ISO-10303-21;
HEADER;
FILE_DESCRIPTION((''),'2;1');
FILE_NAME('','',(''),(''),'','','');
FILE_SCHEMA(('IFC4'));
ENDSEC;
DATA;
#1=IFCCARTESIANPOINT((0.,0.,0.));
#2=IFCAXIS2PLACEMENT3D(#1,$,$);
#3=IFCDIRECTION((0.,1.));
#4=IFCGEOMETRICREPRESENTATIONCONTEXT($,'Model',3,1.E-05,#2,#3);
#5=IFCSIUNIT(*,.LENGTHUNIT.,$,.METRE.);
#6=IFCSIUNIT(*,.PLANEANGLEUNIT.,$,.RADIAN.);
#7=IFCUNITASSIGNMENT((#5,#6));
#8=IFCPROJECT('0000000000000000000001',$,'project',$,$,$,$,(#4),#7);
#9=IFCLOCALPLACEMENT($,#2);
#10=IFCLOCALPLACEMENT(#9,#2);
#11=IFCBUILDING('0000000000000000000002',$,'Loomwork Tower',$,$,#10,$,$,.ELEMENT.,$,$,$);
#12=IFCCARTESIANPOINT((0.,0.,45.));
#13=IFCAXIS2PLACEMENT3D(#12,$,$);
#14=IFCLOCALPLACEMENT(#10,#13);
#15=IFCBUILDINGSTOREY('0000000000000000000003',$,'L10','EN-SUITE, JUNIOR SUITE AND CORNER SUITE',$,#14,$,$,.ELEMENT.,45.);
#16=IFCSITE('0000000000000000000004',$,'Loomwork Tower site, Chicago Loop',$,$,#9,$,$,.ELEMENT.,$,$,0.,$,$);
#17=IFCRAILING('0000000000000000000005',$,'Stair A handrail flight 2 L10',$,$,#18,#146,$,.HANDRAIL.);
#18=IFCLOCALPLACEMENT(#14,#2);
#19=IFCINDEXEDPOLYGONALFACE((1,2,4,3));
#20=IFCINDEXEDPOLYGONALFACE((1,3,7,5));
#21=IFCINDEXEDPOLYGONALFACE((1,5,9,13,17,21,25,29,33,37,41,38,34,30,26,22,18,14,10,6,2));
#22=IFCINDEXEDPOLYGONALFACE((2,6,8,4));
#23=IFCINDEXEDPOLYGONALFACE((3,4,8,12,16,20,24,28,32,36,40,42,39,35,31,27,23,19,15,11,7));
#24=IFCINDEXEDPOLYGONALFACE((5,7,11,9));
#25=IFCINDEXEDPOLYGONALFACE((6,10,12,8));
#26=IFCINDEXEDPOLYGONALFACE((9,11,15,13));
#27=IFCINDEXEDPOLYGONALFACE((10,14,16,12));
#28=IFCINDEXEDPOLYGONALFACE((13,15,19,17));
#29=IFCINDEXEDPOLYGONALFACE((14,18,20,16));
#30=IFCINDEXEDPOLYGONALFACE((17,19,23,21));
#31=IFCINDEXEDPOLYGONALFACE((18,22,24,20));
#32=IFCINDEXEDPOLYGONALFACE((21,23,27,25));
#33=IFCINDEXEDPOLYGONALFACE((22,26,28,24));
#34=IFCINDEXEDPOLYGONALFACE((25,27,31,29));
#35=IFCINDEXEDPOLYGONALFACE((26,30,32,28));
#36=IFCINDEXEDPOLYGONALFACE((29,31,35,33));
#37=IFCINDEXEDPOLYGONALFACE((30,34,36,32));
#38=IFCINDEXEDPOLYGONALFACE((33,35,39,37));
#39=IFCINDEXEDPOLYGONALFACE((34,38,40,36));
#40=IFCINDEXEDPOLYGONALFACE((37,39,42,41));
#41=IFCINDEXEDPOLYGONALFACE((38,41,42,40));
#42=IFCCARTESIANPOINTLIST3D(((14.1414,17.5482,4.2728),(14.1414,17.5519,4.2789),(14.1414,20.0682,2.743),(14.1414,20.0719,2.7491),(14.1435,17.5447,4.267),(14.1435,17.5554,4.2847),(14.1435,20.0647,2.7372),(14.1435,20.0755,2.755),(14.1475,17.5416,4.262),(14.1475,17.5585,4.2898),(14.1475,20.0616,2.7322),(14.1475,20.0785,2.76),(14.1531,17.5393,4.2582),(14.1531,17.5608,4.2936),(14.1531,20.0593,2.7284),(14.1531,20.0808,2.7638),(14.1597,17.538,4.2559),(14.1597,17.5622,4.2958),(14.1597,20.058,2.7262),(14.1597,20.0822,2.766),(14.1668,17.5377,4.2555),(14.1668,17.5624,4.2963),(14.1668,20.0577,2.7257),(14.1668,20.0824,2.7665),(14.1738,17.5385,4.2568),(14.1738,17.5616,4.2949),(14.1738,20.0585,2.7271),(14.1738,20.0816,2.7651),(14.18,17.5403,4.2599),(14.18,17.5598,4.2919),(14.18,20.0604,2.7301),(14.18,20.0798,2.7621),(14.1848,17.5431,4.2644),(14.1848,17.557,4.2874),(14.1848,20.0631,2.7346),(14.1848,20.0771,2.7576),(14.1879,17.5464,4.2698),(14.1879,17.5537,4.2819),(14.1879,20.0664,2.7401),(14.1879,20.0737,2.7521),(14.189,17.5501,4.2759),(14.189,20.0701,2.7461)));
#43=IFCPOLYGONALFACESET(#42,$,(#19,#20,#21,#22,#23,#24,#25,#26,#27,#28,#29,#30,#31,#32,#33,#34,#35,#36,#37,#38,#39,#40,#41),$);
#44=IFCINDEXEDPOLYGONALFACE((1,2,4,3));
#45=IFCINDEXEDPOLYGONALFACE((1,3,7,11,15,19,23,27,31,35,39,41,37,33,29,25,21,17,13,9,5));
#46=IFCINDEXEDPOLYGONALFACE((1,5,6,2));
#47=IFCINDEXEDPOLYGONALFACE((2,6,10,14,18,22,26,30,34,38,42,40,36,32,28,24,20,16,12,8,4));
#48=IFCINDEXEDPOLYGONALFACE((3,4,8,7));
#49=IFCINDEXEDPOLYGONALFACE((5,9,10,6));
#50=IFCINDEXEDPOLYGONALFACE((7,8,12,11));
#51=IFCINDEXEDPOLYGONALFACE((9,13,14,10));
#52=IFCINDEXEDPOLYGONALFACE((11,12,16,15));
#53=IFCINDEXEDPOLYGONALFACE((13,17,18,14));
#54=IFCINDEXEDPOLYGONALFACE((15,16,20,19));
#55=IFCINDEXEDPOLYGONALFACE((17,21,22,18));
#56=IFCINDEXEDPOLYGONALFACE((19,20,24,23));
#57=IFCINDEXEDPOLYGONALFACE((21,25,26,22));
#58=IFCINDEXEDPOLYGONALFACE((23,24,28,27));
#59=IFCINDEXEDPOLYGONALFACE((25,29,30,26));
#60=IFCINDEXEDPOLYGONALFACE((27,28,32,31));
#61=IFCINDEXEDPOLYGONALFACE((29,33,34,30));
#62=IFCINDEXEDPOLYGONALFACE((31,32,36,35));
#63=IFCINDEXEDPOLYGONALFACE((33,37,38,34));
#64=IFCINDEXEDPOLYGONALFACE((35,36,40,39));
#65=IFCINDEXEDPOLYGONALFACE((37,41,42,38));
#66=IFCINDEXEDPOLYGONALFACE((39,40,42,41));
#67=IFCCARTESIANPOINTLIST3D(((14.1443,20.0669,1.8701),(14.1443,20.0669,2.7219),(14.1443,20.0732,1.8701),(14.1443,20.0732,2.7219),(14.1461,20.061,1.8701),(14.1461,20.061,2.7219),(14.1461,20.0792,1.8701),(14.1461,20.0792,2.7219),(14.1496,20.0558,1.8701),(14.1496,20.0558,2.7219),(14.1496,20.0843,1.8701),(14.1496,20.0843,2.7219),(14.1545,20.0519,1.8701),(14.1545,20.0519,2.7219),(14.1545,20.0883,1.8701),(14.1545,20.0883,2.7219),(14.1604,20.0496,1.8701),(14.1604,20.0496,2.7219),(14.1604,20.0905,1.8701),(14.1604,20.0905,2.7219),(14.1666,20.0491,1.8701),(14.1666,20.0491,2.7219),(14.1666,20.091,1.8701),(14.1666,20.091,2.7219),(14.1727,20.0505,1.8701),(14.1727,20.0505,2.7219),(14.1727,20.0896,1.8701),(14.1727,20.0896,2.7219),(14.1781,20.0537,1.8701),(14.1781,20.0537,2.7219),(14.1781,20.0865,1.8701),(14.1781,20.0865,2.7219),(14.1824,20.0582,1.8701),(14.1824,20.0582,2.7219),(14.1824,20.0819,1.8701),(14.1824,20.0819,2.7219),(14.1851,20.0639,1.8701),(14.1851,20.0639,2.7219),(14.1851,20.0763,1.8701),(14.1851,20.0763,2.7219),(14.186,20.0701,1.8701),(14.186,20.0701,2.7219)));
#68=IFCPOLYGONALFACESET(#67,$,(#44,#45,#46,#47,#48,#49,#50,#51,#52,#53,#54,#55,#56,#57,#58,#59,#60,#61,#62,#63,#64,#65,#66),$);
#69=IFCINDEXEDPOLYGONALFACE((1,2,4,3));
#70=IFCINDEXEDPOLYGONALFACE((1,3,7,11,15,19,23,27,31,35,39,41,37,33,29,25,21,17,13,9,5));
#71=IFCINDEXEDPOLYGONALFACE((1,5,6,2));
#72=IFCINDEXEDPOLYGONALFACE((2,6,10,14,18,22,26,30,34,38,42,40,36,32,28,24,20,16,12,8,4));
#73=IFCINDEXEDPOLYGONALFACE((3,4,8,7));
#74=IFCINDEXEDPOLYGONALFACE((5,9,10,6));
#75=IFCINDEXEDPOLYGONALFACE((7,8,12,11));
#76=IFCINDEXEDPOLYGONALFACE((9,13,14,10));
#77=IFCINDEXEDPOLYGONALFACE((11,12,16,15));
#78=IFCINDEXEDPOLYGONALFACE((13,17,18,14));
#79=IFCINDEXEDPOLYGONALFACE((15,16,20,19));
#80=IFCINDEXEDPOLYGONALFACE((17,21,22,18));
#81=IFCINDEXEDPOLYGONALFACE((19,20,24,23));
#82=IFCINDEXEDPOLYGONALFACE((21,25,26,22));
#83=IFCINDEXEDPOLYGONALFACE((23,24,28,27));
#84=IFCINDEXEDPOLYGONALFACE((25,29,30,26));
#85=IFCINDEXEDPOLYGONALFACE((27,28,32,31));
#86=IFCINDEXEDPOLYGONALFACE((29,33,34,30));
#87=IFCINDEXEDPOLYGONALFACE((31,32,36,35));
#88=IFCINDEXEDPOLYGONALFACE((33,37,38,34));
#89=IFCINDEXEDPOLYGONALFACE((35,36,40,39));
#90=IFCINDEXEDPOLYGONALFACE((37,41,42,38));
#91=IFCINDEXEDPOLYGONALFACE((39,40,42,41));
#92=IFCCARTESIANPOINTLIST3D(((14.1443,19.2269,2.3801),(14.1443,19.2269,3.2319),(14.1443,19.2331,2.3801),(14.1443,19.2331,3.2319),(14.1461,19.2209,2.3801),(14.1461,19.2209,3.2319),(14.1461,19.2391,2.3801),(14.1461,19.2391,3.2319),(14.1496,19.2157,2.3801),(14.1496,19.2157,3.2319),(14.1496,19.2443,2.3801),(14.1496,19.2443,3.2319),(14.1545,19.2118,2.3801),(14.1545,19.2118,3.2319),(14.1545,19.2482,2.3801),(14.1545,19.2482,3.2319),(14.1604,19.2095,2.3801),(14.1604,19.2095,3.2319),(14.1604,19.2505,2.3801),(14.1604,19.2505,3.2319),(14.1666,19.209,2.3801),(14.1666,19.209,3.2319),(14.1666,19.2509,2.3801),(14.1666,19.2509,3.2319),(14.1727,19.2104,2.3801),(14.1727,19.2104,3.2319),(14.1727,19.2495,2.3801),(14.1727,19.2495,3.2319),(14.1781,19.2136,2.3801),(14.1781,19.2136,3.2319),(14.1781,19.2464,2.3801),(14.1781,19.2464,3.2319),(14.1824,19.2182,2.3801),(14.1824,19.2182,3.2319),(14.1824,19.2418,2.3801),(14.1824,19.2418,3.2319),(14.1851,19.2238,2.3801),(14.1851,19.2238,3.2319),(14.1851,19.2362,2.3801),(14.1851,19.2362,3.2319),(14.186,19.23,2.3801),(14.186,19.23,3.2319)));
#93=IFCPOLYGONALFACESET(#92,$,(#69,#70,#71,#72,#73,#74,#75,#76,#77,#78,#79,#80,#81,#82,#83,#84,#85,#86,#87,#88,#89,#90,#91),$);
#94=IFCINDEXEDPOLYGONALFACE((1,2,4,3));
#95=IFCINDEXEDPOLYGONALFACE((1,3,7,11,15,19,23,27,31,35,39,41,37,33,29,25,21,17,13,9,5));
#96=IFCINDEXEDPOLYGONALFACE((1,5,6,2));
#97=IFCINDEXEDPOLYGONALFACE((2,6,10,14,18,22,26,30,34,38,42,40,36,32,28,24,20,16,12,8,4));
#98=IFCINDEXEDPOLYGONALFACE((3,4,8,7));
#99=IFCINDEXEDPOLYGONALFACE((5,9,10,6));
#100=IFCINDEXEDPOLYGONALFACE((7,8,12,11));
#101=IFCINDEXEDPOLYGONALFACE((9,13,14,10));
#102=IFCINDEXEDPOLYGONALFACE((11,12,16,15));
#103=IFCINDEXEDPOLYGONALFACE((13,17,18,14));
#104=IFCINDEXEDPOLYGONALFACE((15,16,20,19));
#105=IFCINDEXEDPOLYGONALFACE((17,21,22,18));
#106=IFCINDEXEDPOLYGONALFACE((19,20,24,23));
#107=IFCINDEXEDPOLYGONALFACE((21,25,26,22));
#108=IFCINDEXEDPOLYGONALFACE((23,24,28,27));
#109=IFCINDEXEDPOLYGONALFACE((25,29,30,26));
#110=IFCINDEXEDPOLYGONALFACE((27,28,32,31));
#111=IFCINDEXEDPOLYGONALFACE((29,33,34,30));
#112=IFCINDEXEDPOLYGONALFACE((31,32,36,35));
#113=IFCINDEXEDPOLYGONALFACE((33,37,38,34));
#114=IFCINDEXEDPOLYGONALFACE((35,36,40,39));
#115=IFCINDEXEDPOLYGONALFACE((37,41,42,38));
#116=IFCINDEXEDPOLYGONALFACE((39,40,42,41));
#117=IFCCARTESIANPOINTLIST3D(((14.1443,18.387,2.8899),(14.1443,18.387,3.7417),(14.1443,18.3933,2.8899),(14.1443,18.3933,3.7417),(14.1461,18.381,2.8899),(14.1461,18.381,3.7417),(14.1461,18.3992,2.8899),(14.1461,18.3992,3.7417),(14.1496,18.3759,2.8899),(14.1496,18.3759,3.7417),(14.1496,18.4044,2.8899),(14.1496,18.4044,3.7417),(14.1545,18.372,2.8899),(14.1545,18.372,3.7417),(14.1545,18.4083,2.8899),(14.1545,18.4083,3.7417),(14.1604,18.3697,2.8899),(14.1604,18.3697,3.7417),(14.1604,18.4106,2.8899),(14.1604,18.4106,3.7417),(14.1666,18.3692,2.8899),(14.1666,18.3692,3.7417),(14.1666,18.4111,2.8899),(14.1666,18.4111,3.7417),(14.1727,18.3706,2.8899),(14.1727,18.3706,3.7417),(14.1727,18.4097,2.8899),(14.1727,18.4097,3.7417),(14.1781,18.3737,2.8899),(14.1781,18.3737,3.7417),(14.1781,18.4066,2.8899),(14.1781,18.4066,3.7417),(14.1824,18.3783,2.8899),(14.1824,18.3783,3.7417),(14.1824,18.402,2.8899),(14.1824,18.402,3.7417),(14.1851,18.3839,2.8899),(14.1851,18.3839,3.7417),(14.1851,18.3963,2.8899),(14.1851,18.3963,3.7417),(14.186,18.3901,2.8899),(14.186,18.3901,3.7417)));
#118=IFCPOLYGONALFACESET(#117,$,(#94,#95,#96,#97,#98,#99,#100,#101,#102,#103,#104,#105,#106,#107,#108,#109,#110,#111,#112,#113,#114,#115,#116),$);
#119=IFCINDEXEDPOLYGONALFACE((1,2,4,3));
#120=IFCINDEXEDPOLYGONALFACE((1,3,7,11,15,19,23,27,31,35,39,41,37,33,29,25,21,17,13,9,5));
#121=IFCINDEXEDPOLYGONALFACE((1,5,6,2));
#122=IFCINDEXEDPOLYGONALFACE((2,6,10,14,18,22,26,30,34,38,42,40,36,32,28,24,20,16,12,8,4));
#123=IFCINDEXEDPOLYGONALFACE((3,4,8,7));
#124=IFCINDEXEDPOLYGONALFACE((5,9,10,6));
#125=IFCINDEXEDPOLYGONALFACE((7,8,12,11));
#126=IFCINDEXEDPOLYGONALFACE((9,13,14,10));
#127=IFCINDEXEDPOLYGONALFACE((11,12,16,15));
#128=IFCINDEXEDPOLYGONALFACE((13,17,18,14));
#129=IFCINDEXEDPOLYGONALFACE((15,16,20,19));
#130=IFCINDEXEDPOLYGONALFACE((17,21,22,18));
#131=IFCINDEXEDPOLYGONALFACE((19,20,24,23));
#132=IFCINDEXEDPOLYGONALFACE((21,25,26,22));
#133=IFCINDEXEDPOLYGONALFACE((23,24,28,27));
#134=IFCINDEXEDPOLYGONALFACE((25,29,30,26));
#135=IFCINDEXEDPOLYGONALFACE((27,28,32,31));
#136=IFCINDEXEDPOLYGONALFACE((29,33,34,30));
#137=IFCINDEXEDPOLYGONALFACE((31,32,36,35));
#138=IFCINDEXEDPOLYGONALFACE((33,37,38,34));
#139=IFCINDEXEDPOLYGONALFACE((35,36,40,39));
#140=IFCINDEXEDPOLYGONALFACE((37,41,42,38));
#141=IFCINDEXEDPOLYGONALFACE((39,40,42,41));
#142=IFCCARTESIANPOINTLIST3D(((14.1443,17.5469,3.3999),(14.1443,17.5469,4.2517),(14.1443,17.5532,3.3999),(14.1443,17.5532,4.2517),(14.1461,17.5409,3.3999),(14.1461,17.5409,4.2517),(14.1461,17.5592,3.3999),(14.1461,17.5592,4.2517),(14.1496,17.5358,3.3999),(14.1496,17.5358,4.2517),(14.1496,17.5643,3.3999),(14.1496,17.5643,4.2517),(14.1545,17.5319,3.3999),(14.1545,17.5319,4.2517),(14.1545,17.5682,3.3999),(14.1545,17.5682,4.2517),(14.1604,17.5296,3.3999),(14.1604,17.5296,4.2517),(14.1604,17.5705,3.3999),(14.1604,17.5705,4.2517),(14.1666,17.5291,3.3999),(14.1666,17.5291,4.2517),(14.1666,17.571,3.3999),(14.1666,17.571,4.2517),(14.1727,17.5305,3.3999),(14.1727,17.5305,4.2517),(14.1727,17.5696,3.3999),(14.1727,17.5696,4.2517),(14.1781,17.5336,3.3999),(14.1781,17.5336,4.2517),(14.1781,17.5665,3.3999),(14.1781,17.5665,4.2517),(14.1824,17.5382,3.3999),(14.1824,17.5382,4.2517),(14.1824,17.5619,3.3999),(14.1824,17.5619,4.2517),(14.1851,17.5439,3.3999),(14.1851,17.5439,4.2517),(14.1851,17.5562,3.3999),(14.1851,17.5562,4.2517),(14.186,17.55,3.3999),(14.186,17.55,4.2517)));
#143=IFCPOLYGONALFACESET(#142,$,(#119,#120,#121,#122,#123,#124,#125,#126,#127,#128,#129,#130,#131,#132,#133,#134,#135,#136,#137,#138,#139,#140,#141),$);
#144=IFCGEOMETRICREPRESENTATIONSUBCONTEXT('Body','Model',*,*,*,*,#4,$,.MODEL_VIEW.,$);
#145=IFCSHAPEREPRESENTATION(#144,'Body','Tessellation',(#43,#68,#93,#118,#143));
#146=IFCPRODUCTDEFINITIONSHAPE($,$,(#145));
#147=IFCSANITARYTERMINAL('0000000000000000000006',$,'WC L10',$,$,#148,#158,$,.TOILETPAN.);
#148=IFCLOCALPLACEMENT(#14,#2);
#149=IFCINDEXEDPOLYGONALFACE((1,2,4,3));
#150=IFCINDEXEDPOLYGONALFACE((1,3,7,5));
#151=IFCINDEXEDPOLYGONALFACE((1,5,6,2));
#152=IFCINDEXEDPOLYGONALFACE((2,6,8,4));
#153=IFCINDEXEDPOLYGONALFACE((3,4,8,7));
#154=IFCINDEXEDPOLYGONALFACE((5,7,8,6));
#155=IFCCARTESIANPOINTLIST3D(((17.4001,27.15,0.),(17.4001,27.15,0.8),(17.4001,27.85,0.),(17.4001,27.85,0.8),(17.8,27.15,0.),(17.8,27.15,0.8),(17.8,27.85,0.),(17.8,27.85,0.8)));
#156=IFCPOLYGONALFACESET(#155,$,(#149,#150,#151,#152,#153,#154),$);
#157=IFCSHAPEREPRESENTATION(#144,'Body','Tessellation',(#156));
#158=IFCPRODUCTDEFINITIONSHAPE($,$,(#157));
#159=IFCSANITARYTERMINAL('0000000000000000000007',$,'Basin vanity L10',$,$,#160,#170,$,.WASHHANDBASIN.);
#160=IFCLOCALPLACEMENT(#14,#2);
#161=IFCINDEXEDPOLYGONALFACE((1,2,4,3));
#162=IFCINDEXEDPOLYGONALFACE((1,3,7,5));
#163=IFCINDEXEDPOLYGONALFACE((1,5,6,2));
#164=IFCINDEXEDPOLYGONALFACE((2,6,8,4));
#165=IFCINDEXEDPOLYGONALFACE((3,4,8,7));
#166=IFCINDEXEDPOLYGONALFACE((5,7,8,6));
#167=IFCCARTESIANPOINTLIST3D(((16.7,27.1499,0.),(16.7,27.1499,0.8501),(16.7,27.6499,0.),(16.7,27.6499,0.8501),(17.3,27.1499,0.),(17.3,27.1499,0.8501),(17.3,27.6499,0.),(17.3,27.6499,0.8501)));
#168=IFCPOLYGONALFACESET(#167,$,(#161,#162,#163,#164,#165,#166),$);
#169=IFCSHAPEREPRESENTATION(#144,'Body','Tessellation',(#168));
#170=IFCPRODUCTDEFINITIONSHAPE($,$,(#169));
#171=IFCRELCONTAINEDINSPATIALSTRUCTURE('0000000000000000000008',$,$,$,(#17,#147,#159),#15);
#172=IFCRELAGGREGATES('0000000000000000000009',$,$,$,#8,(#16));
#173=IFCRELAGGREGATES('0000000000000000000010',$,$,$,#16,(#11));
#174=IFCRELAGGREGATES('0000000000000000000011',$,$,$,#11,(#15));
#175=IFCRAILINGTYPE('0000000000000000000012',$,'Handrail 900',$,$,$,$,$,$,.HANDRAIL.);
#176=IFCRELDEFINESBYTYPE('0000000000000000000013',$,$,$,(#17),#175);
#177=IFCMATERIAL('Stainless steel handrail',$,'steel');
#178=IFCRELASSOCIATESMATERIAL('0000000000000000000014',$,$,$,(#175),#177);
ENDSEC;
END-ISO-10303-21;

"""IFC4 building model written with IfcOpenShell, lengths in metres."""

from ifc_helpers import new_model, si_unit, direction, frame, origin, origin_2d, place, context, subcontext, project, spatial, rectangle, circle, extrude, material, type_object, element, save


model = new_model("IFC4")

# Units and contexts
model_context = context("Model", 3, precision=1e-05, world=origin(), true_north=direction((0.0, 1.0)))
body_context = subcontext(model_context, "Body", "Model", "MODEL_VIEW")
ifc_project = project(units=[si_unit("LENGTHUNIT", "METRE"), si_unit("PLANEANGLEUNIT", "RADIAN")], contexts=[model_context])

# Site, building, storey
site_placement = place(None, origin())
site = spatial("IfcSite", under=ifc_project, at=site_placement, Name="Loomwork Tower site, Chicago Loop", CompositionType="ELEMENT", RefElevation=0.0)
building_placement = place(site_placement, origin())
building = spatial("IfcBuilding", under=site, at=building_placement, Name="Loomwork Tower", CompositionType="ELEMENT")
storey_placement = place(building_placement, frame((0.0, 0.0, 45.0)))
storey = spatial("IfcBuildingStorey", under=building, at=storey_placement, Name="L10", Description="EN-SUITE, JUNIOR SUITE AND CORNER SUITE", CompositionType="ELEMENT", Elevation=45.0)

# Railing
ifc_material_1 = material(Name="Stainless steel handrail", Category="steel")
railing_type = type_object("IfcRailingType", Name="Handrail 900", PredefinedType="HANDRAIL", material=ifc_material_1)
railing_placement = place(storey_placement, frame((14.165, 20.0701, 1.8701)))
element("IfcRailing", 1, at=railing_placement, inside=storey, type_object=railing_type, Name="Stair A handrail flight 2 L10", PredefinedType="HANDRAIL", context=body_context, shape_type="SweptSolid", body=[
    extrude(circle(Radius=0.0239, at=origin_2d()), frame((0.0, 0.0, 0.876), z_axis=(0.0, -0.854822, 0.518922), x_axis=(1.0, 0.0, 0.0)), (0.0, 0.0, 1.0), 2.948),
    extrude(circle(Radius=0.021, at=origin_2d()), origin(), (0.0, 0.0, 1.0), 0.8518),
    extrude(circle(Radius=0.021, at=origin_2d()), frame((0.0, -0.8401, 0.51)), (0.0, 0.0, 1.0), 0.8518),
    extrude(circle(Radius=0.021, at=origin_2d()), frame((0.0, -1.6799, 1.0198)), (0.0, 0.0, 1.0), 0.8518),
    extrude(circle(Radius=0.021, at=origin_2d()), frame((0.0, -2.52, 1.5298)), (0.0, 0.0, 1.0), 0.8518),
])

# Sanitary terminals
sanitary_terminal_1_placement = place(storey_placement, frame((17.6001, 27.5, 0.0), z_axis=(0.0, 0.0, 1.0), x_axis=(1.0, 0.0, 0.0)))
element("IfcSanitaryTerminal", 2, at=sanitary_terminal_1_placement, inside=storey, Name="WC L10", PredefinedType="TOILETPAN", context=body_context, shape_type="SweptSolid", body=[
    extrude(rectangle(XDim=0.3999, YDim=0.7, at=origin_2d()), origin(), (0.0, 0.0, 1.0), 0.8),
])
sanitary_terminal_2_placement = place(storey_placement, frame((17.0, 27.3999, 0.0), z_axis=(0.0, 0.0, 1.0), x_axis=(1.0, 0.0, 0.0)))
element("IfcSanitaryTerminal", 3, at=sanitary_terminal_2_placement, inside=storey, Name="Basin vanity L10", PredefinedType="WASHHANDBASIN", context=body_context, shape_type="SweptSolid", body=[
    extrude(rectangle(XDim=0.6001, YDim=0.5, at=origin_2d()), origin(), (0.0, 0.0, 1.0), 0.8501),
])

save(model, "model.ifc")
